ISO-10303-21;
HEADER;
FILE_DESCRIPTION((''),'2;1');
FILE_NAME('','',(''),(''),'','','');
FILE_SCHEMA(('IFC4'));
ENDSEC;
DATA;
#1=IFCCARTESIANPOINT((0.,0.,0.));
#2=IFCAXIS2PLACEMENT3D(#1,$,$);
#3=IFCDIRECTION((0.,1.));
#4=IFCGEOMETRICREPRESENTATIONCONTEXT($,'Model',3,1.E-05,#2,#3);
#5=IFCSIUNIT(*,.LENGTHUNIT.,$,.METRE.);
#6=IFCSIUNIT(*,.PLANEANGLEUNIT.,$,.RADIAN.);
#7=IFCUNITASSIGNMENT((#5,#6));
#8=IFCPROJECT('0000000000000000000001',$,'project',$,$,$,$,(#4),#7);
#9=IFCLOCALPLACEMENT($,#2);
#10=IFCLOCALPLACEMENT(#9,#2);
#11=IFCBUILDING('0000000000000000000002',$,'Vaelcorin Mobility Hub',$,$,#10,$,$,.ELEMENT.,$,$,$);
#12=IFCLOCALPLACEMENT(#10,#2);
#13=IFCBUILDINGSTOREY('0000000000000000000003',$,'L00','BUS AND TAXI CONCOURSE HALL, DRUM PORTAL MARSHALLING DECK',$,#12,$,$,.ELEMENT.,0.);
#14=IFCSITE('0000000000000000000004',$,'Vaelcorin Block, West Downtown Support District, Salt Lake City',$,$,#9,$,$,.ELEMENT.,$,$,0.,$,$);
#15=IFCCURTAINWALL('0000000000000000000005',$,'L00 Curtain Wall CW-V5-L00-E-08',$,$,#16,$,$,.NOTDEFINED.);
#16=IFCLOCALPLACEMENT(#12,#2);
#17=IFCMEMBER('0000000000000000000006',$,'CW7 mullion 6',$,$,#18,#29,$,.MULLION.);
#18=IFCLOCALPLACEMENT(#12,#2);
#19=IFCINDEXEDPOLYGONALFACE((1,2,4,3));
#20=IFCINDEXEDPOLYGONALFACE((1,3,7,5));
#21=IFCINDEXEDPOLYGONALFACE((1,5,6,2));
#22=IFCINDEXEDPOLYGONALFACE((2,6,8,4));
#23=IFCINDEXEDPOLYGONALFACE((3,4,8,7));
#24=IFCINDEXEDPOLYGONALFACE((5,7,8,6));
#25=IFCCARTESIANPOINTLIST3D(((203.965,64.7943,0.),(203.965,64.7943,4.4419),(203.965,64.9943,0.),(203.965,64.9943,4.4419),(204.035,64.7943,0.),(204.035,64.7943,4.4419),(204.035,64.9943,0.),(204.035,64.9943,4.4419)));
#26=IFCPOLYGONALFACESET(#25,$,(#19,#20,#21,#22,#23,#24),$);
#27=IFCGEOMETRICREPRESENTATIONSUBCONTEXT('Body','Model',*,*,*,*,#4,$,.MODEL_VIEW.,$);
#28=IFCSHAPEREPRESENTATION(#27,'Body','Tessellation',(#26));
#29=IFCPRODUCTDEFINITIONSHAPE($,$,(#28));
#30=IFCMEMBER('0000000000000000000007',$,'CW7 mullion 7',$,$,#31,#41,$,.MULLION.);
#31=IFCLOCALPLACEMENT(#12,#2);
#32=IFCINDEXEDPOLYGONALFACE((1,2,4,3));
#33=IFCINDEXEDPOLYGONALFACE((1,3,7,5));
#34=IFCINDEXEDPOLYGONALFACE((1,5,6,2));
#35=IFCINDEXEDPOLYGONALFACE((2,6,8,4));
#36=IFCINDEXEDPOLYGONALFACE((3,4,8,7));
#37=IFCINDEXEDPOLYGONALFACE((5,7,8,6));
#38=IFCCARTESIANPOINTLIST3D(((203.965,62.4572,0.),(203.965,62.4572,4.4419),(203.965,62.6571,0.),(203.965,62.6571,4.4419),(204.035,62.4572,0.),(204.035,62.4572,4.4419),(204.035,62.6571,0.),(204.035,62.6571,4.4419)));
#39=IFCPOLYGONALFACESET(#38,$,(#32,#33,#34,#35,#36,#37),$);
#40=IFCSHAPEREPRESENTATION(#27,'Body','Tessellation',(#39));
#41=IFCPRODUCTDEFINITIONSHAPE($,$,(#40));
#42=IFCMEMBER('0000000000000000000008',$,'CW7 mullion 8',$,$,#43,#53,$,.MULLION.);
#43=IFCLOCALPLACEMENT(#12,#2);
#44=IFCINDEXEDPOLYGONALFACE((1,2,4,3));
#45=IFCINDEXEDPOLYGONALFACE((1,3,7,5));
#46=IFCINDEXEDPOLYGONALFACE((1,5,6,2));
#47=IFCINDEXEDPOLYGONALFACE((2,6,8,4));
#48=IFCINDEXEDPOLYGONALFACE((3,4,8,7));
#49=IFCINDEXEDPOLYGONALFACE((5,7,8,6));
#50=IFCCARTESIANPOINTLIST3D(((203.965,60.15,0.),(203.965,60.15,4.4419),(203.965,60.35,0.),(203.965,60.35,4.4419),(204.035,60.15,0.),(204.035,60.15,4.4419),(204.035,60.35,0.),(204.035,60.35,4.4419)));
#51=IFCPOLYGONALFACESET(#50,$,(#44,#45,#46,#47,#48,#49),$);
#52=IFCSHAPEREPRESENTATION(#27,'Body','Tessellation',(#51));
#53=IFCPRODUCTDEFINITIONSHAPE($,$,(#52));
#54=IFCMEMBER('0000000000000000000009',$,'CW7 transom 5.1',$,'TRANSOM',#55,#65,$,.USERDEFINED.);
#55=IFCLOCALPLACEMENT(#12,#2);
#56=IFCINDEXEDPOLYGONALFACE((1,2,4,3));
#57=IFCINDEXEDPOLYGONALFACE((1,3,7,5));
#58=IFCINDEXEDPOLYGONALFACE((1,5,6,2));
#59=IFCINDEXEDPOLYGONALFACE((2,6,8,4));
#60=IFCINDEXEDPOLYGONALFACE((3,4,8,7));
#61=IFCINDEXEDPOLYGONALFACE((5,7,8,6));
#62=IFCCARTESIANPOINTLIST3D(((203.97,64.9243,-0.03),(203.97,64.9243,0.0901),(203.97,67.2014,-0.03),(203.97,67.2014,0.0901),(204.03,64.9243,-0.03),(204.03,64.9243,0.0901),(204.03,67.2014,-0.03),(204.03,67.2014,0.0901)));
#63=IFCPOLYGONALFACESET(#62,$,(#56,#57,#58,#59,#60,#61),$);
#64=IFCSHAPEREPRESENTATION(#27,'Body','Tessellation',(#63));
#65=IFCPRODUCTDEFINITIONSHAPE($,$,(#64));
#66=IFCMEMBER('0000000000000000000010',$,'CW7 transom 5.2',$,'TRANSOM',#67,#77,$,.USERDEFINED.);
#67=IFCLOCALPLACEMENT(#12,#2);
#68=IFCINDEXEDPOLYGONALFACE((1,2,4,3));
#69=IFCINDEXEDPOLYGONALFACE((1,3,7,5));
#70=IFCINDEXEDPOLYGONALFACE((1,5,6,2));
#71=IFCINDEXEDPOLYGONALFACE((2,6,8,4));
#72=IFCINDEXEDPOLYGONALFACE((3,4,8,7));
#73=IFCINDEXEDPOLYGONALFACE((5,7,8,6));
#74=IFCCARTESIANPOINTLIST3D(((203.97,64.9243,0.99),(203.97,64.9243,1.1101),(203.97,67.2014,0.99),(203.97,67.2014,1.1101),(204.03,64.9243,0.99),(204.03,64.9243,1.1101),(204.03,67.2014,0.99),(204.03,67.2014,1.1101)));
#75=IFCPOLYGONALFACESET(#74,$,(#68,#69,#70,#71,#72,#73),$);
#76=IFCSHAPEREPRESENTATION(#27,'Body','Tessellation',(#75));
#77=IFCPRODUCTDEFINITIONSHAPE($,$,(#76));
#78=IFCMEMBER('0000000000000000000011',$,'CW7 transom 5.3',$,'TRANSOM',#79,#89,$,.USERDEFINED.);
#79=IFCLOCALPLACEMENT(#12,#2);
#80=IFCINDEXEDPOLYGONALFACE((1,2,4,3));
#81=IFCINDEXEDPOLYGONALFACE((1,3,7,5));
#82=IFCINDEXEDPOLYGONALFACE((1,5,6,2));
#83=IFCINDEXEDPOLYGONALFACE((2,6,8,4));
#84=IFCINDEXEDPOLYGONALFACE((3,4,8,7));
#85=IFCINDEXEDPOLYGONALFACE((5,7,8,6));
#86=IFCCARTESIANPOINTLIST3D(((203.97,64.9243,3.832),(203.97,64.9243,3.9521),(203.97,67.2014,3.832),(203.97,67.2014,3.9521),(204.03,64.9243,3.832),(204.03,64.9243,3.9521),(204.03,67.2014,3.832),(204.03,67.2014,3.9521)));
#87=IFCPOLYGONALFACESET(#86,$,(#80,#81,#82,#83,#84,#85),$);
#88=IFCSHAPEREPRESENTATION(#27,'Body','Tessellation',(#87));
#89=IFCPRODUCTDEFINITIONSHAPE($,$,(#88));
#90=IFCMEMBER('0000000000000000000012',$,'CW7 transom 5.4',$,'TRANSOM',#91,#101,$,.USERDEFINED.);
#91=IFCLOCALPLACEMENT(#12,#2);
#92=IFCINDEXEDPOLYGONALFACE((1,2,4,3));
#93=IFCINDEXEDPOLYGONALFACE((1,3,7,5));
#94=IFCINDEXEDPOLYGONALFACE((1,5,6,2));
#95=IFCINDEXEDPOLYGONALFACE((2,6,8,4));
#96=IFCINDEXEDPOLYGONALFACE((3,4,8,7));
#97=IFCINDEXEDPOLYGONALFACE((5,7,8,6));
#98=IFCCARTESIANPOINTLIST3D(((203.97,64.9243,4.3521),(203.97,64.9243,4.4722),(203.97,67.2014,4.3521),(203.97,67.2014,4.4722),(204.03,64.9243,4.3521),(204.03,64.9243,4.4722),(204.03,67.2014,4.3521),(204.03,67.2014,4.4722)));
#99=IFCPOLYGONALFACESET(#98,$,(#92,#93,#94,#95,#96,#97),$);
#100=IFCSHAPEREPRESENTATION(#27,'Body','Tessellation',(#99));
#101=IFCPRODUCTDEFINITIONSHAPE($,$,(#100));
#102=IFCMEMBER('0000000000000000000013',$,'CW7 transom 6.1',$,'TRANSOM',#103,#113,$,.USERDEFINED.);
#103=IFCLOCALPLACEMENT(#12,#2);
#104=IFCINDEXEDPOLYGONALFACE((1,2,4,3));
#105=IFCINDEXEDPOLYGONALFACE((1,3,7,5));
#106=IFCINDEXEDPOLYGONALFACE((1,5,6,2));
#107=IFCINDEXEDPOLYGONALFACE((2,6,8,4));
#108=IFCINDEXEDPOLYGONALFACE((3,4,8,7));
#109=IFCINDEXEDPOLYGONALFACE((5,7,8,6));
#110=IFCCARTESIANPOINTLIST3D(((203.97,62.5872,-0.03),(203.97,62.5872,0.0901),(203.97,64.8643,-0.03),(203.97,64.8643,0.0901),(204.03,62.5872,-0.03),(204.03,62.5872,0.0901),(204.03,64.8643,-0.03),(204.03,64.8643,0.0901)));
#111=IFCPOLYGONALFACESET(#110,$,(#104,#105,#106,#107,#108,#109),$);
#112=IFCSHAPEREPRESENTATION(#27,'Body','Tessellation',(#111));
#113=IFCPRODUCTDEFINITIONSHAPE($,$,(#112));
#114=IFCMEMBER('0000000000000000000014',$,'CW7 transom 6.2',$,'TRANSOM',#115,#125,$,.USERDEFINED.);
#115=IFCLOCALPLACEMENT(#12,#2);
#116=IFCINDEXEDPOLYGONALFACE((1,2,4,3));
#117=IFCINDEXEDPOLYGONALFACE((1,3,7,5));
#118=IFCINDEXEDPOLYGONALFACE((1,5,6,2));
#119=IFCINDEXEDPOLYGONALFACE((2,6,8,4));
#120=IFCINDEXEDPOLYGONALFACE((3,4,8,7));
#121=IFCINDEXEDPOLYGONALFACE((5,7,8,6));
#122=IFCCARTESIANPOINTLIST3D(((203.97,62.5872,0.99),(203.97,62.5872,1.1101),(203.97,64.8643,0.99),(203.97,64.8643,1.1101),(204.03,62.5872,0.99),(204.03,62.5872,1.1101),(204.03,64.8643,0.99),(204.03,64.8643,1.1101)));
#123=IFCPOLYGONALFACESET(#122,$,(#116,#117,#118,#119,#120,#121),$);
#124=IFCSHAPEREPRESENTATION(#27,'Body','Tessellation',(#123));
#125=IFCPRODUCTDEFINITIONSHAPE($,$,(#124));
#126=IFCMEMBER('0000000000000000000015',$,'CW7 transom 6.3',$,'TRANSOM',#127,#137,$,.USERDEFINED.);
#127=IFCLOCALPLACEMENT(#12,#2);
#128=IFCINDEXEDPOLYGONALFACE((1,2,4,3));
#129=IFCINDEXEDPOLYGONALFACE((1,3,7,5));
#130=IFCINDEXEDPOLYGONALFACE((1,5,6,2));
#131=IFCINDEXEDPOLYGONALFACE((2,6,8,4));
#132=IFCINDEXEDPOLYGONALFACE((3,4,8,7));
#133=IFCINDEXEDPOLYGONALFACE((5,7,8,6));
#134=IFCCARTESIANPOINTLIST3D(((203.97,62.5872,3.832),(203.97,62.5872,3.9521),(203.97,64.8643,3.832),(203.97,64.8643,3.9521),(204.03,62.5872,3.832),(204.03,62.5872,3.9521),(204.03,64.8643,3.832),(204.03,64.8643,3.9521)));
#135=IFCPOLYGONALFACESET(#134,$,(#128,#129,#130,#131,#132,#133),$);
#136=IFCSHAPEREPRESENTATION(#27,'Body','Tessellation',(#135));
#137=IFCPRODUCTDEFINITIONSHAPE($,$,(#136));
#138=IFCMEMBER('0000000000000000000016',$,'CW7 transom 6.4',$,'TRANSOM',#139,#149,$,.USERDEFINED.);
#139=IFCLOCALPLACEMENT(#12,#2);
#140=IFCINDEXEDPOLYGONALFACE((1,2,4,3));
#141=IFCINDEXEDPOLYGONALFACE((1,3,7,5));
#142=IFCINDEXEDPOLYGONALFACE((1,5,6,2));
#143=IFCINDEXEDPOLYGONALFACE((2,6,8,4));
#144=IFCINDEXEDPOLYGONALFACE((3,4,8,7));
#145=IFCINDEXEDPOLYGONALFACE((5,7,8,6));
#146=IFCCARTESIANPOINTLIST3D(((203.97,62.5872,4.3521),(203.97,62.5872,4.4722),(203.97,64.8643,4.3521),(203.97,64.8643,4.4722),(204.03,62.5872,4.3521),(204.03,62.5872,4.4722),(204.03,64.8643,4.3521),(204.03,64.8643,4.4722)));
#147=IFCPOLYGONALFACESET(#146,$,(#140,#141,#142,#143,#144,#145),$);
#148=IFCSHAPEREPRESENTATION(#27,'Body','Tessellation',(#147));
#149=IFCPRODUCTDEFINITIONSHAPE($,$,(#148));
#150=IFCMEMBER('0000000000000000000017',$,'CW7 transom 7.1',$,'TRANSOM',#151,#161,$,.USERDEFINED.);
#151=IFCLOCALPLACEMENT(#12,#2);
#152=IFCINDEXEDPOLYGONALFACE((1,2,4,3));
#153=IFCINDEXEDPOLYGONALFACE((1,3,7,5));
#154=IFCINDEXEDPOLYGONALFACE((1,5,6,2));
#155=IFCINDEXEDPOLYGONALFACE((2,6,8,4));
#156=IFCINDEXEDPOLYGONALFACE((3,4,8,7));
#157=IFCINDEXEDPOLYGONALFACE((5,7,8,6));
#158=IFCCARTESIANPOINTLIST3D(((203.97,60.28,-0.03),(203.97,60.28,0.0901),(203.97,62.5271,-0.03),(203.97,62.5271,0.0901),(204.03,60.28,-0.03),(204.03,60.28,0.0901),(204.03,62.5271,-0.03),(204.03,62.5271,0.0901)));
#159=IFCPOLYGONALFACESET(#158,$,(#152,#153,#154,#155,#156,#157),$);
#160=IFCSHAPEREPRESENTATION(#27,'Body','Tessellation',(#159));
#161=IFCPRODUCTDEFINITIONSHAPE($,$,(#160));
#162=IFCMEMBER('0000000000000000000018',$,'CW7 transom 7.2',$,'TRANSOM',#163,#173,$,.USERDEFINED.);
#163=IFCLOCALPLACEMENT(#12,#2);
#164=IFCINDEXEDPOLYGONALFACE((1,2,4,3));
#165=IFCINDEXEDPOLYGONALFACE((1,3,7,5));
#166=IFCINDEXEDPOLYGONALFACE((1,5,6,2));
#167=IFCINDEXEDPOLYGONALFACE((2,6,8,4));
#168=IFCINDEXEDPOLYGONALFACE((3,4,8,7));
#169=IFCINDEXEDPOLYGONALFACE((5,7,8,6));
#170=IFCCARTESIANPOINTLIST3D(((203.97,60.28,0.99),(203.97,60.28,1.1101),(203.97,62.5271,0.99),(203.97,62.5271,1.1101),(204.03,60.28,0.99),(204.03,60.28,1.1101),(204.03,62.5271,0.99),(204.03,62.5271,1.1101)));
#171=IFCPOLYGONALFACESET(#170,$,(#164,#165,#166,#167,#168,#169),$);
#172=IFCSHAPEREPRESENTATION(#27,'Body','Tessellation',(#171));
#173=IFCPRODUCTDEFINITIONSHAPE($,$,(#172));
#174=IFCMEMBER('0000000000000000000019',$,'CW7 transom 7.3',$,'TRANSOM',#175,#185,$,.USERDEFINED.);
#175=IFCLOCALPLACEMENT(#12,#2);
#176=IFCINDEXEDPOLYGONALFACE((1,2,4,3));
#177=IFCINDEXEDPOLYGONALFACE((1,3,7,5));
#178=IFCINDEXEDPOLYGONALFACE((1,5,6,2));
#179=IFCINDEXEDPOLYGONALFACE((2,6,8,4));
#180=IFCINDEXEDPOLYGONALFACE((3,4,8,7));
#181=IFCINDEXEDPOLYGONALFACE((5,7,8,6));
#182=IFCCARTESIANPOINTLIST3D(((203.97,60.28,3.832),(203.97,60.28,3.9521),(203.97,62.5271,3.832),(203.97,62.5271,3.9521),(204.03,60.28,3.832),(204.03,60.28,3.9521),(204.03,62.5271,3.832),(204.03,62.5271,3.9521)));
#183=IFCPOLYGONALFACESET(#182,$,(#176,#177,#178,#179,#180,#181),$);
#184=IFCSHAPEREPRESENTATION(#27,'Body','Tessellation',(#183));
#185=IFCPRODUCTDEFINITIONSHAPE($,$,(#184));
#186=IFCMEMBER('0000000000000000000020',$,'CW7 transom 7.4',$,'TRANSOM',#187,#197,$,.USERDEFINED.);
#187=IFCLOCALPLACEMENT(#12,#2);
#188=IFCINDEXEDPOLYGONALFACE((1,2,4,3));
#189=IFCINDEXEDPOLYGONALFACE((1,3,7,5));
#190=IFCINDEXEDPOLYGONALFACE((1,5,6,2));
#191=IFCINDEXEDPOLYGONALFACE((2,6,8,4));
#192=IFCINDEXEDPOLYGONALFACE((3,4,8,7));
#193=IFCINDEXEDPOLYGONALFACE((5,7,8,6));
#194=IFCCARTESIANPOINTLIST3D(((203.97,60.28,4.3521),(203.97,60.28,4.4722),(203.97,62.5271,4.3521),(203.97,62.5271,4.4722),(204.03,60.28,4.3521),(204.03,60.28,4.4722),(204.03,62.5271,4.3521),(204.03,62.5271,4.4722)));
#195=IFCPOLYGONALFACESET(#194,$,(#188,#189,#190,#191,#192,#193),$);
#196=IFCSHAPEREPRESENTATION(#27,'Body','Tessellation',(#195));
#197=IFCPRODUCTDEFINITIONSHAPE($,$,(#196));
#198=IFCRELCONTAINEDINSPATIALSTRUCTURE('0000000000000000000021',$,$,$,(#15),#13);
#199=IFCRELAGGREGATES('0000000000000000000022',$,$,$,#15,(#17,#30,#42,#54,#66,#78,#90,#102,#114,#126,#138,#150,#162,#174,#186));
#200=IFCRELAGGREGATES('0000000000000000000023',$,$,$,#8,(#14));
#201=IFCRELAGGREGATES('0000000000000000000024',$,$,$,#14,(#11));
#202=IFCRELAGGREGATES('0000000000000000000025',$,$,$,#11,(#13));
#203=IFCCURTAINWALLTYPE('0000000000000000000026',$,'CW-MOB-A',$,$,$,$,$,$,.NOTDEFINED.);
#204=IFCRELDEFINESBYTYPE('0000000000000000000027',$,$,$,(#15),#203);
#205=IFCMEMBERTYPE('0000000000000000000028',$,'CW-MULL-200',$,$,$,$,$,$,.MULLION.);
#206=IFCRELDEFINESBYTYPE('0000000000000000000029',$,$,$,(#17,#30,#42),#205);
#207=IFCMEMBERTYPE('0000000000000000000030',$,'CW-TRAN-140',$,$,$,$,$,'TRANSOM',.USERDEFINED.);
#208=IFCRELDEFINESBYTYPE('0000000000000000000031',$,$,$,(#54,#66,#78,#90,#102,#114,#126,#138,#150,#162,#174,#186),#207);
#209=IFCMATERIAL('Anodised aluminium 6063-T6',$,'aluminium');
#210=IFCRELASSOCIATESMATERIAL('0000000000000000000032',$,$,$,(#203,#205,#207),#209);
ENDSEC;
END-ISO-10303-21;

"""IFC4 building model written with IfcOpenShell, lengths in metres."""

from ifc_helpers import new_model, si_unit, direction, frame, origin, origin_2d, place, context, subcontext, project, spatial, rectangle, extrude, material, material_profile, profile_set, type_object, element, aggregate, save


model = new_model("IFC4")

# Units and contexts
model_context = context("Model", 3, precision=1e-05, world=origin(), true_north=direction((0.0, 1.0)))
body_context = subcontext(model_context, "Body", "Model", "MODEL_VIEW")
ifc_project = project(units=[si_unit("LENGTHUNIT", "METRE"), si_unit("PLANEANGLEUNIT", "RADIAN")], contexts=[model_context])

# Site, building, storey
site_placement = place(None, origin())
site = spatial("IfcSite", under=ifc_project, at=site_placement, Name="Vaelcorin Block, West Downtown Support District, Salt Lake City", CompositionType="ELEMENT", RefElevation=0.0)
building_placement = place(site_placement, origin())
building = spatial("IfcBuilding", under=site, at=building_placement, Name="Vaelcorin Mobility Hub", CompositionType="ELEMENT")
storey_placement = place(building_placement, origin())
storey = spatial("IfcBuildingStorey", under=building, at=storey_placement, Name="L00", Description="BUS AND TAXI CONCOURSE HALL, DRUM PORTAL MARSHALLING DECK", CompositionType="ELEMENT", Elevation=0.0)

# Curtain wall, members
ifc_material_1 = material(Name="Anodised aluminium 6063-T6", Category="aluminium")
curtain_wall_type = type_object("IfcCurtainWallType", Name="CW-MOB-A", PredefinedType="NOTDEFINED", material=ifc_material_1)
curtain_wall_placement = place(storey_placement, origin())
curtain_wall = element("IfcCurtainWall", 1, at=curtain_wall_placement, inside=storey, type_object=curtain_wall_type, Name="L00 Curtain Wall CW-V5-L00-E-08", PredefinedType="NOTDEFINED")
ifc_material_profile_1 = material_profile(ifc_material_1, rectangle(XDim=0.0701, YDim=0.2, at=origin_2d()), Name="ALU-M70X200")
ifc_profile_set_1 = profile_set([ifc_material_profile_1], Name="Anodised aluminium 6063-T6")
member_type_1 = type_object("IfcMemberType", Name="CW-MULL-200", PredefinedType="MULLION", material=ifc_profile_set_1)
member_1_placement = place(storey_placement, frame((204.0, 64.8943, 0.0), z_axis=(0.0, 0.0, 1.0), x_axis=(1.0, 0.0, 0.0)))
member_1 = element("IfcMember", 2, at=member_1_placement, type_object=member_type_1, Name="CW7 mullion 6", PredefinedType="MULLION", context=body_context, shape_type="SweptSolid", body=[
    extrude(rectangle(XDim=0.0701, YDim=0.2, at=origin_2d()), origin(), (0.0, 0.0, 1.0), 4.4419),
])
member_2_placement = place(storey_placement, frame((204.0, 62.5571, 0.0), z_axis=(0.0, 0.0, 1.0), x_axis=(1.0, 0.0, 0.0)))
member_2 = element("IfcMember", 3, at=member_2_placement, type_object=member_type_1, Name="CW7 mullion 7", PredefinedType="MULLION", context=body_context, shape_type="SweptSolid", body=[
    extrude(rectangle(XDim=0.0701, YDim=0.2, at=origin_2d()), origin(), (0.0, 0.0, 1.0), 4.4419),
])
member_3_placement = place(storey_placement, frame((204.0, 60.25, 0.0), z_axis=(0.0, 0.0, 1.0), x_axis=(1.0, 0.0, 0.0)))
member_3 = element("IfcMember", 4, at=member_3_placement, type_object=member_type_1, Name="CW7 mullion 8", PredefinedType="MULLION", context=body_context, shape_type="SweptSolid", body=[
    extrude(rectangle(XDim=0.0701, YDim=0.2, at=origin_2d()), origin(), (0.0, 0.0, 1.0), 4.4419),
])
ifc_material_profile_2 = material_profile(ifc_material_1, rectangle(XDim=0.0601, YDim=0.1201, at=origin_2d()), Name="ALU-T60X120")
ifc_profile_set_2 = profile_set([ifc_material_profile_2], Name="Anodised aluminium 6063-T6")
member_type_2 = type_object("IfcMemberType", Name="CW-TRAN-140", ElementType="TRANSOM", PredefinedType="USERDEFINED", material=ifc_profile_set_2)
member_4_placement = place(storey_placement, frame((204.0, 67.2014, 0.03), z_axis=(0.0, -1.0, 0.0), x_axis=(1.0, 0.0, 0.0)))
member_4 = element("IfcMember", 5, at=member_4_placement, type_object=member_type_2, Name="CW7 transom 5.1", ObjectType="TRANSOM", PredefinedType="USERDEFINED", context=body_context, shape_type="SweptSolid", body=[
    extrude(rectangle(XDim=0.0601, YDim=0.1201, at=origin_2d()), origin(), (0.0, 0.0, 1.0), 2.2771),
])
member_5_placement = place(storey_placement, frame((204.0, 67.2014, 1.05), z_axis=(0.0, -1.0, 0.0), x_axis=(1.0, 0.0, 0.0)))
member_5 = element("IfcMember", 6, at=member_5_placement, type_object=member_type_2, Name="CW7 transom 5.2", ObjectType="TRANSOM", PredefinedType="USERDEFINED", context=body_context, shape_type="SweptSolid", body=[
    extrude(rectangle(XDim=0.0601, YDim=0.1201, at=origin_2d()), origin(), (0.0, 0.0, 1.0), 2.2771),
])
member_6_placement = place(storey_placement, frame((204.0, 67.2014, 3.8921), z_axis=(0.0, -1.0, 0.0), x_axis=(1.0, 0.0, 0.0)))
member_6 = element("IfcMember", 7, at=member_6_placement, type_object=member_type_2, Name="CW7 transom 5.3", ObjectType="TRANSOM", PredefinedType="USERDEFINED", context=body_context, shape_type="SweptSolid", body=[
    extrude(rectangle(XDim=0.0601, YDim=0.1201, at=origin_2d()), origin(), (0.0, 0.0, 1.0), 2.2771),
])
member_7_placement = place(storey_placement, frame((204.0, 67.2014, 4.4121), z_axis=(0.0, -1.0, 0.0), x_axis=(1.0, 0.0, 0.0)))
member_7 = element("IfcMember", 8, at=member_7_placement, type_object=member_type_2, Name="CW7 transom 5.4", ObjectType="TRANSOM", PredefinedType="USERDEFINED", context=body_context, shape_type="SweptSolid", body=[
    extrude(rectangle(XDim=0.0601, YDim=0.1201, at=origin_2d()), origin(), (0.0, 0.0, 1.0), 2.2771),
])
member_8_placement = place(storey_placement, frame((204.0, 64.8643, 0.03), z_axis=(0.0, -1.0, 0.0), x_axis=(1.0, 0.0, 0.0)))
member_8 = element("IfcMember", 9, at=member_8_placement, type_object=member_type_2, Name="CW7 transom 6.1", ObjectType="TRANSOM", PredefinedType="USERDEFINED", context=body_context, shape_type="SweptSolid", body=[
    extrude(rectangle(XDim=0.0601, YDim=0.1201, at=origin_2d()), origin(), (0.0, 0.0, 1.0), 2.2771),
])
member_9_placement = place(storey_placement, frame((204.0, 64.8643, 1.05), z_axis=(0.0, -1.0, 0.0), x_axis=(1.0, 0.0, 0.0)))
member_9 = element("IfcMember", 10, at=member_9_placement, type_object=member_type_2, Name="CW7 transom 6.2", ObjectType="TRANSOM", PredefinedType="USERDEFINED", context=body_context, shape_type="SweptSolid", body=[
    extrude(rectangle(XDim=0.0601, YDim=0.1201, at=origin_2d()), origin(), (0.0, 0.0, 1.0), 2.2771),
])
member_10_placement = place(storey_placement, frame((204.0, 64.8643, 3.8921), z_axis=(0.0, -1.0, 0.0), x_axis=(1.0, 0.0, 0.0)))
member_10 = element("IfcMember", 11, at=member_10_placement, type_object=member_type_2, Name="CW7 transom 6.3", ObjectType="TRANSOM", PredefinedType="USERDEFINED", context=body_context, shape_type="SweptSolid", body=[
    extrude(rectangle(XDim=0.0601, YDim=0.1201, at=origin_2d()), origin(), (0.0, 0.0, 1.0), 2.2771),
])
member_11_placement = place(storey_placement, frame((204.0, 64.8643, 4.4121), z_axis=(0.0, -1.0, 0.0), x_axis=(1.0, 0.0, 0.0)))
member_11 = element("IfcMember", 12, at=member_11_placement, type_object=member_type_2, Name="CW7 transom 6.4", ObjectType="TRANSOM", PredefinedType="USERDEFINED", context=body_context, shape_type="SweptSolid", body=[
    extrude(rectangle(XDim=0.0601, YDim=0.1201, at=origin_2d()), origin(), (0.0, 0.0, 1.0), 2.2771),
])
member_12_placement = place(storey_placement, frame((204.0, 62.5271, 0.03), z_axis=(0.0, -1.0, 0.0), x_axis=(1.0, 0.0, 0.0)))
member_12 = element("IfcMember", 13, at=member_12_placement, type_object=member_type_2, Name="CW7 transom 7.1", ObjectType="TRANSOM", PredefinedType="USERDEFINED", context=body_context, shape_type="SweptSolid", body=[
    extrude(rectangle(XDim=0.0601, YDim=0.1201, at=origin_2d()), origin(), (0.0, 0.0, 1.0), 2.2471),
])
member_13_placement = place(storey_placement, frame((204.0, 62.5271, 1.05), z_axis=(0.0, -1.0, 0.0), x_axis=(1.0, 0.0, 0.0)))
member_13 = element("IfcMember", 14, at=member_13_placement, type_object=member_type_2, Name="CW7 transom 7.2", ObjectType="TRANSOM", PredefinedType="USERDEFINED", context=body_context, shape_type="SweptSolid", body=[
    extrude(rectangle(XDim=0.0601, YDim=0.1201, at=origin_2d()), origin(), (0.0, 0.0, 1.0), 2.2471),
])
member_14_placement = place(storey_placement, frame((204.0, 62.5271, 3.8921), z_axis=(0.0, -1.0, 0.0), x_axis=(1.0, 0.0, 0.0)))
member_14 = element("IfcMember", 15, at=member_14_placement, type_object=member_type_2, Name="CW7 transom 7.3", ObjectType="TRANSOM", PredefinedType="USERDEFINED", context=body_context, shape_type="SweptSolid", body=[
    extrude(rectangle(XDim=0.0601, YDim=0.1201, at=origin_2d()), origin(), (0.0, 0.0, 1.0), 2.2471),
])
member_15_placement = place(storey_placement, frame((204.0, 62.5271, 4.4121), z_axis=(0.0, -1.0, 0.0), x_axis=(1.0, 0.0, 0.0)))
member_15 = element("IfcMember", 16, at=member_15_placement, type_object=member_type_2, Name="CW7 transom 7.4", ObjectType="TRANSOM", PredefinedType="USERDEFINED", context=body_context, shape_type="SweptSolid", body=[
    extrude(rectangle(XDim=0.0601, YDim=0.1201, at=origin_2d()), origin(), (0.0, 0.0, 1.0), 2.2471),
])
aggregate(curtain_wall, [member_1, member_2, member_3, member_4, member_5, member_6, member_7, member_8, member_9, member_10, member_11, member_12, member_13, member_14, member_15])

save(model, "model.ifc")
